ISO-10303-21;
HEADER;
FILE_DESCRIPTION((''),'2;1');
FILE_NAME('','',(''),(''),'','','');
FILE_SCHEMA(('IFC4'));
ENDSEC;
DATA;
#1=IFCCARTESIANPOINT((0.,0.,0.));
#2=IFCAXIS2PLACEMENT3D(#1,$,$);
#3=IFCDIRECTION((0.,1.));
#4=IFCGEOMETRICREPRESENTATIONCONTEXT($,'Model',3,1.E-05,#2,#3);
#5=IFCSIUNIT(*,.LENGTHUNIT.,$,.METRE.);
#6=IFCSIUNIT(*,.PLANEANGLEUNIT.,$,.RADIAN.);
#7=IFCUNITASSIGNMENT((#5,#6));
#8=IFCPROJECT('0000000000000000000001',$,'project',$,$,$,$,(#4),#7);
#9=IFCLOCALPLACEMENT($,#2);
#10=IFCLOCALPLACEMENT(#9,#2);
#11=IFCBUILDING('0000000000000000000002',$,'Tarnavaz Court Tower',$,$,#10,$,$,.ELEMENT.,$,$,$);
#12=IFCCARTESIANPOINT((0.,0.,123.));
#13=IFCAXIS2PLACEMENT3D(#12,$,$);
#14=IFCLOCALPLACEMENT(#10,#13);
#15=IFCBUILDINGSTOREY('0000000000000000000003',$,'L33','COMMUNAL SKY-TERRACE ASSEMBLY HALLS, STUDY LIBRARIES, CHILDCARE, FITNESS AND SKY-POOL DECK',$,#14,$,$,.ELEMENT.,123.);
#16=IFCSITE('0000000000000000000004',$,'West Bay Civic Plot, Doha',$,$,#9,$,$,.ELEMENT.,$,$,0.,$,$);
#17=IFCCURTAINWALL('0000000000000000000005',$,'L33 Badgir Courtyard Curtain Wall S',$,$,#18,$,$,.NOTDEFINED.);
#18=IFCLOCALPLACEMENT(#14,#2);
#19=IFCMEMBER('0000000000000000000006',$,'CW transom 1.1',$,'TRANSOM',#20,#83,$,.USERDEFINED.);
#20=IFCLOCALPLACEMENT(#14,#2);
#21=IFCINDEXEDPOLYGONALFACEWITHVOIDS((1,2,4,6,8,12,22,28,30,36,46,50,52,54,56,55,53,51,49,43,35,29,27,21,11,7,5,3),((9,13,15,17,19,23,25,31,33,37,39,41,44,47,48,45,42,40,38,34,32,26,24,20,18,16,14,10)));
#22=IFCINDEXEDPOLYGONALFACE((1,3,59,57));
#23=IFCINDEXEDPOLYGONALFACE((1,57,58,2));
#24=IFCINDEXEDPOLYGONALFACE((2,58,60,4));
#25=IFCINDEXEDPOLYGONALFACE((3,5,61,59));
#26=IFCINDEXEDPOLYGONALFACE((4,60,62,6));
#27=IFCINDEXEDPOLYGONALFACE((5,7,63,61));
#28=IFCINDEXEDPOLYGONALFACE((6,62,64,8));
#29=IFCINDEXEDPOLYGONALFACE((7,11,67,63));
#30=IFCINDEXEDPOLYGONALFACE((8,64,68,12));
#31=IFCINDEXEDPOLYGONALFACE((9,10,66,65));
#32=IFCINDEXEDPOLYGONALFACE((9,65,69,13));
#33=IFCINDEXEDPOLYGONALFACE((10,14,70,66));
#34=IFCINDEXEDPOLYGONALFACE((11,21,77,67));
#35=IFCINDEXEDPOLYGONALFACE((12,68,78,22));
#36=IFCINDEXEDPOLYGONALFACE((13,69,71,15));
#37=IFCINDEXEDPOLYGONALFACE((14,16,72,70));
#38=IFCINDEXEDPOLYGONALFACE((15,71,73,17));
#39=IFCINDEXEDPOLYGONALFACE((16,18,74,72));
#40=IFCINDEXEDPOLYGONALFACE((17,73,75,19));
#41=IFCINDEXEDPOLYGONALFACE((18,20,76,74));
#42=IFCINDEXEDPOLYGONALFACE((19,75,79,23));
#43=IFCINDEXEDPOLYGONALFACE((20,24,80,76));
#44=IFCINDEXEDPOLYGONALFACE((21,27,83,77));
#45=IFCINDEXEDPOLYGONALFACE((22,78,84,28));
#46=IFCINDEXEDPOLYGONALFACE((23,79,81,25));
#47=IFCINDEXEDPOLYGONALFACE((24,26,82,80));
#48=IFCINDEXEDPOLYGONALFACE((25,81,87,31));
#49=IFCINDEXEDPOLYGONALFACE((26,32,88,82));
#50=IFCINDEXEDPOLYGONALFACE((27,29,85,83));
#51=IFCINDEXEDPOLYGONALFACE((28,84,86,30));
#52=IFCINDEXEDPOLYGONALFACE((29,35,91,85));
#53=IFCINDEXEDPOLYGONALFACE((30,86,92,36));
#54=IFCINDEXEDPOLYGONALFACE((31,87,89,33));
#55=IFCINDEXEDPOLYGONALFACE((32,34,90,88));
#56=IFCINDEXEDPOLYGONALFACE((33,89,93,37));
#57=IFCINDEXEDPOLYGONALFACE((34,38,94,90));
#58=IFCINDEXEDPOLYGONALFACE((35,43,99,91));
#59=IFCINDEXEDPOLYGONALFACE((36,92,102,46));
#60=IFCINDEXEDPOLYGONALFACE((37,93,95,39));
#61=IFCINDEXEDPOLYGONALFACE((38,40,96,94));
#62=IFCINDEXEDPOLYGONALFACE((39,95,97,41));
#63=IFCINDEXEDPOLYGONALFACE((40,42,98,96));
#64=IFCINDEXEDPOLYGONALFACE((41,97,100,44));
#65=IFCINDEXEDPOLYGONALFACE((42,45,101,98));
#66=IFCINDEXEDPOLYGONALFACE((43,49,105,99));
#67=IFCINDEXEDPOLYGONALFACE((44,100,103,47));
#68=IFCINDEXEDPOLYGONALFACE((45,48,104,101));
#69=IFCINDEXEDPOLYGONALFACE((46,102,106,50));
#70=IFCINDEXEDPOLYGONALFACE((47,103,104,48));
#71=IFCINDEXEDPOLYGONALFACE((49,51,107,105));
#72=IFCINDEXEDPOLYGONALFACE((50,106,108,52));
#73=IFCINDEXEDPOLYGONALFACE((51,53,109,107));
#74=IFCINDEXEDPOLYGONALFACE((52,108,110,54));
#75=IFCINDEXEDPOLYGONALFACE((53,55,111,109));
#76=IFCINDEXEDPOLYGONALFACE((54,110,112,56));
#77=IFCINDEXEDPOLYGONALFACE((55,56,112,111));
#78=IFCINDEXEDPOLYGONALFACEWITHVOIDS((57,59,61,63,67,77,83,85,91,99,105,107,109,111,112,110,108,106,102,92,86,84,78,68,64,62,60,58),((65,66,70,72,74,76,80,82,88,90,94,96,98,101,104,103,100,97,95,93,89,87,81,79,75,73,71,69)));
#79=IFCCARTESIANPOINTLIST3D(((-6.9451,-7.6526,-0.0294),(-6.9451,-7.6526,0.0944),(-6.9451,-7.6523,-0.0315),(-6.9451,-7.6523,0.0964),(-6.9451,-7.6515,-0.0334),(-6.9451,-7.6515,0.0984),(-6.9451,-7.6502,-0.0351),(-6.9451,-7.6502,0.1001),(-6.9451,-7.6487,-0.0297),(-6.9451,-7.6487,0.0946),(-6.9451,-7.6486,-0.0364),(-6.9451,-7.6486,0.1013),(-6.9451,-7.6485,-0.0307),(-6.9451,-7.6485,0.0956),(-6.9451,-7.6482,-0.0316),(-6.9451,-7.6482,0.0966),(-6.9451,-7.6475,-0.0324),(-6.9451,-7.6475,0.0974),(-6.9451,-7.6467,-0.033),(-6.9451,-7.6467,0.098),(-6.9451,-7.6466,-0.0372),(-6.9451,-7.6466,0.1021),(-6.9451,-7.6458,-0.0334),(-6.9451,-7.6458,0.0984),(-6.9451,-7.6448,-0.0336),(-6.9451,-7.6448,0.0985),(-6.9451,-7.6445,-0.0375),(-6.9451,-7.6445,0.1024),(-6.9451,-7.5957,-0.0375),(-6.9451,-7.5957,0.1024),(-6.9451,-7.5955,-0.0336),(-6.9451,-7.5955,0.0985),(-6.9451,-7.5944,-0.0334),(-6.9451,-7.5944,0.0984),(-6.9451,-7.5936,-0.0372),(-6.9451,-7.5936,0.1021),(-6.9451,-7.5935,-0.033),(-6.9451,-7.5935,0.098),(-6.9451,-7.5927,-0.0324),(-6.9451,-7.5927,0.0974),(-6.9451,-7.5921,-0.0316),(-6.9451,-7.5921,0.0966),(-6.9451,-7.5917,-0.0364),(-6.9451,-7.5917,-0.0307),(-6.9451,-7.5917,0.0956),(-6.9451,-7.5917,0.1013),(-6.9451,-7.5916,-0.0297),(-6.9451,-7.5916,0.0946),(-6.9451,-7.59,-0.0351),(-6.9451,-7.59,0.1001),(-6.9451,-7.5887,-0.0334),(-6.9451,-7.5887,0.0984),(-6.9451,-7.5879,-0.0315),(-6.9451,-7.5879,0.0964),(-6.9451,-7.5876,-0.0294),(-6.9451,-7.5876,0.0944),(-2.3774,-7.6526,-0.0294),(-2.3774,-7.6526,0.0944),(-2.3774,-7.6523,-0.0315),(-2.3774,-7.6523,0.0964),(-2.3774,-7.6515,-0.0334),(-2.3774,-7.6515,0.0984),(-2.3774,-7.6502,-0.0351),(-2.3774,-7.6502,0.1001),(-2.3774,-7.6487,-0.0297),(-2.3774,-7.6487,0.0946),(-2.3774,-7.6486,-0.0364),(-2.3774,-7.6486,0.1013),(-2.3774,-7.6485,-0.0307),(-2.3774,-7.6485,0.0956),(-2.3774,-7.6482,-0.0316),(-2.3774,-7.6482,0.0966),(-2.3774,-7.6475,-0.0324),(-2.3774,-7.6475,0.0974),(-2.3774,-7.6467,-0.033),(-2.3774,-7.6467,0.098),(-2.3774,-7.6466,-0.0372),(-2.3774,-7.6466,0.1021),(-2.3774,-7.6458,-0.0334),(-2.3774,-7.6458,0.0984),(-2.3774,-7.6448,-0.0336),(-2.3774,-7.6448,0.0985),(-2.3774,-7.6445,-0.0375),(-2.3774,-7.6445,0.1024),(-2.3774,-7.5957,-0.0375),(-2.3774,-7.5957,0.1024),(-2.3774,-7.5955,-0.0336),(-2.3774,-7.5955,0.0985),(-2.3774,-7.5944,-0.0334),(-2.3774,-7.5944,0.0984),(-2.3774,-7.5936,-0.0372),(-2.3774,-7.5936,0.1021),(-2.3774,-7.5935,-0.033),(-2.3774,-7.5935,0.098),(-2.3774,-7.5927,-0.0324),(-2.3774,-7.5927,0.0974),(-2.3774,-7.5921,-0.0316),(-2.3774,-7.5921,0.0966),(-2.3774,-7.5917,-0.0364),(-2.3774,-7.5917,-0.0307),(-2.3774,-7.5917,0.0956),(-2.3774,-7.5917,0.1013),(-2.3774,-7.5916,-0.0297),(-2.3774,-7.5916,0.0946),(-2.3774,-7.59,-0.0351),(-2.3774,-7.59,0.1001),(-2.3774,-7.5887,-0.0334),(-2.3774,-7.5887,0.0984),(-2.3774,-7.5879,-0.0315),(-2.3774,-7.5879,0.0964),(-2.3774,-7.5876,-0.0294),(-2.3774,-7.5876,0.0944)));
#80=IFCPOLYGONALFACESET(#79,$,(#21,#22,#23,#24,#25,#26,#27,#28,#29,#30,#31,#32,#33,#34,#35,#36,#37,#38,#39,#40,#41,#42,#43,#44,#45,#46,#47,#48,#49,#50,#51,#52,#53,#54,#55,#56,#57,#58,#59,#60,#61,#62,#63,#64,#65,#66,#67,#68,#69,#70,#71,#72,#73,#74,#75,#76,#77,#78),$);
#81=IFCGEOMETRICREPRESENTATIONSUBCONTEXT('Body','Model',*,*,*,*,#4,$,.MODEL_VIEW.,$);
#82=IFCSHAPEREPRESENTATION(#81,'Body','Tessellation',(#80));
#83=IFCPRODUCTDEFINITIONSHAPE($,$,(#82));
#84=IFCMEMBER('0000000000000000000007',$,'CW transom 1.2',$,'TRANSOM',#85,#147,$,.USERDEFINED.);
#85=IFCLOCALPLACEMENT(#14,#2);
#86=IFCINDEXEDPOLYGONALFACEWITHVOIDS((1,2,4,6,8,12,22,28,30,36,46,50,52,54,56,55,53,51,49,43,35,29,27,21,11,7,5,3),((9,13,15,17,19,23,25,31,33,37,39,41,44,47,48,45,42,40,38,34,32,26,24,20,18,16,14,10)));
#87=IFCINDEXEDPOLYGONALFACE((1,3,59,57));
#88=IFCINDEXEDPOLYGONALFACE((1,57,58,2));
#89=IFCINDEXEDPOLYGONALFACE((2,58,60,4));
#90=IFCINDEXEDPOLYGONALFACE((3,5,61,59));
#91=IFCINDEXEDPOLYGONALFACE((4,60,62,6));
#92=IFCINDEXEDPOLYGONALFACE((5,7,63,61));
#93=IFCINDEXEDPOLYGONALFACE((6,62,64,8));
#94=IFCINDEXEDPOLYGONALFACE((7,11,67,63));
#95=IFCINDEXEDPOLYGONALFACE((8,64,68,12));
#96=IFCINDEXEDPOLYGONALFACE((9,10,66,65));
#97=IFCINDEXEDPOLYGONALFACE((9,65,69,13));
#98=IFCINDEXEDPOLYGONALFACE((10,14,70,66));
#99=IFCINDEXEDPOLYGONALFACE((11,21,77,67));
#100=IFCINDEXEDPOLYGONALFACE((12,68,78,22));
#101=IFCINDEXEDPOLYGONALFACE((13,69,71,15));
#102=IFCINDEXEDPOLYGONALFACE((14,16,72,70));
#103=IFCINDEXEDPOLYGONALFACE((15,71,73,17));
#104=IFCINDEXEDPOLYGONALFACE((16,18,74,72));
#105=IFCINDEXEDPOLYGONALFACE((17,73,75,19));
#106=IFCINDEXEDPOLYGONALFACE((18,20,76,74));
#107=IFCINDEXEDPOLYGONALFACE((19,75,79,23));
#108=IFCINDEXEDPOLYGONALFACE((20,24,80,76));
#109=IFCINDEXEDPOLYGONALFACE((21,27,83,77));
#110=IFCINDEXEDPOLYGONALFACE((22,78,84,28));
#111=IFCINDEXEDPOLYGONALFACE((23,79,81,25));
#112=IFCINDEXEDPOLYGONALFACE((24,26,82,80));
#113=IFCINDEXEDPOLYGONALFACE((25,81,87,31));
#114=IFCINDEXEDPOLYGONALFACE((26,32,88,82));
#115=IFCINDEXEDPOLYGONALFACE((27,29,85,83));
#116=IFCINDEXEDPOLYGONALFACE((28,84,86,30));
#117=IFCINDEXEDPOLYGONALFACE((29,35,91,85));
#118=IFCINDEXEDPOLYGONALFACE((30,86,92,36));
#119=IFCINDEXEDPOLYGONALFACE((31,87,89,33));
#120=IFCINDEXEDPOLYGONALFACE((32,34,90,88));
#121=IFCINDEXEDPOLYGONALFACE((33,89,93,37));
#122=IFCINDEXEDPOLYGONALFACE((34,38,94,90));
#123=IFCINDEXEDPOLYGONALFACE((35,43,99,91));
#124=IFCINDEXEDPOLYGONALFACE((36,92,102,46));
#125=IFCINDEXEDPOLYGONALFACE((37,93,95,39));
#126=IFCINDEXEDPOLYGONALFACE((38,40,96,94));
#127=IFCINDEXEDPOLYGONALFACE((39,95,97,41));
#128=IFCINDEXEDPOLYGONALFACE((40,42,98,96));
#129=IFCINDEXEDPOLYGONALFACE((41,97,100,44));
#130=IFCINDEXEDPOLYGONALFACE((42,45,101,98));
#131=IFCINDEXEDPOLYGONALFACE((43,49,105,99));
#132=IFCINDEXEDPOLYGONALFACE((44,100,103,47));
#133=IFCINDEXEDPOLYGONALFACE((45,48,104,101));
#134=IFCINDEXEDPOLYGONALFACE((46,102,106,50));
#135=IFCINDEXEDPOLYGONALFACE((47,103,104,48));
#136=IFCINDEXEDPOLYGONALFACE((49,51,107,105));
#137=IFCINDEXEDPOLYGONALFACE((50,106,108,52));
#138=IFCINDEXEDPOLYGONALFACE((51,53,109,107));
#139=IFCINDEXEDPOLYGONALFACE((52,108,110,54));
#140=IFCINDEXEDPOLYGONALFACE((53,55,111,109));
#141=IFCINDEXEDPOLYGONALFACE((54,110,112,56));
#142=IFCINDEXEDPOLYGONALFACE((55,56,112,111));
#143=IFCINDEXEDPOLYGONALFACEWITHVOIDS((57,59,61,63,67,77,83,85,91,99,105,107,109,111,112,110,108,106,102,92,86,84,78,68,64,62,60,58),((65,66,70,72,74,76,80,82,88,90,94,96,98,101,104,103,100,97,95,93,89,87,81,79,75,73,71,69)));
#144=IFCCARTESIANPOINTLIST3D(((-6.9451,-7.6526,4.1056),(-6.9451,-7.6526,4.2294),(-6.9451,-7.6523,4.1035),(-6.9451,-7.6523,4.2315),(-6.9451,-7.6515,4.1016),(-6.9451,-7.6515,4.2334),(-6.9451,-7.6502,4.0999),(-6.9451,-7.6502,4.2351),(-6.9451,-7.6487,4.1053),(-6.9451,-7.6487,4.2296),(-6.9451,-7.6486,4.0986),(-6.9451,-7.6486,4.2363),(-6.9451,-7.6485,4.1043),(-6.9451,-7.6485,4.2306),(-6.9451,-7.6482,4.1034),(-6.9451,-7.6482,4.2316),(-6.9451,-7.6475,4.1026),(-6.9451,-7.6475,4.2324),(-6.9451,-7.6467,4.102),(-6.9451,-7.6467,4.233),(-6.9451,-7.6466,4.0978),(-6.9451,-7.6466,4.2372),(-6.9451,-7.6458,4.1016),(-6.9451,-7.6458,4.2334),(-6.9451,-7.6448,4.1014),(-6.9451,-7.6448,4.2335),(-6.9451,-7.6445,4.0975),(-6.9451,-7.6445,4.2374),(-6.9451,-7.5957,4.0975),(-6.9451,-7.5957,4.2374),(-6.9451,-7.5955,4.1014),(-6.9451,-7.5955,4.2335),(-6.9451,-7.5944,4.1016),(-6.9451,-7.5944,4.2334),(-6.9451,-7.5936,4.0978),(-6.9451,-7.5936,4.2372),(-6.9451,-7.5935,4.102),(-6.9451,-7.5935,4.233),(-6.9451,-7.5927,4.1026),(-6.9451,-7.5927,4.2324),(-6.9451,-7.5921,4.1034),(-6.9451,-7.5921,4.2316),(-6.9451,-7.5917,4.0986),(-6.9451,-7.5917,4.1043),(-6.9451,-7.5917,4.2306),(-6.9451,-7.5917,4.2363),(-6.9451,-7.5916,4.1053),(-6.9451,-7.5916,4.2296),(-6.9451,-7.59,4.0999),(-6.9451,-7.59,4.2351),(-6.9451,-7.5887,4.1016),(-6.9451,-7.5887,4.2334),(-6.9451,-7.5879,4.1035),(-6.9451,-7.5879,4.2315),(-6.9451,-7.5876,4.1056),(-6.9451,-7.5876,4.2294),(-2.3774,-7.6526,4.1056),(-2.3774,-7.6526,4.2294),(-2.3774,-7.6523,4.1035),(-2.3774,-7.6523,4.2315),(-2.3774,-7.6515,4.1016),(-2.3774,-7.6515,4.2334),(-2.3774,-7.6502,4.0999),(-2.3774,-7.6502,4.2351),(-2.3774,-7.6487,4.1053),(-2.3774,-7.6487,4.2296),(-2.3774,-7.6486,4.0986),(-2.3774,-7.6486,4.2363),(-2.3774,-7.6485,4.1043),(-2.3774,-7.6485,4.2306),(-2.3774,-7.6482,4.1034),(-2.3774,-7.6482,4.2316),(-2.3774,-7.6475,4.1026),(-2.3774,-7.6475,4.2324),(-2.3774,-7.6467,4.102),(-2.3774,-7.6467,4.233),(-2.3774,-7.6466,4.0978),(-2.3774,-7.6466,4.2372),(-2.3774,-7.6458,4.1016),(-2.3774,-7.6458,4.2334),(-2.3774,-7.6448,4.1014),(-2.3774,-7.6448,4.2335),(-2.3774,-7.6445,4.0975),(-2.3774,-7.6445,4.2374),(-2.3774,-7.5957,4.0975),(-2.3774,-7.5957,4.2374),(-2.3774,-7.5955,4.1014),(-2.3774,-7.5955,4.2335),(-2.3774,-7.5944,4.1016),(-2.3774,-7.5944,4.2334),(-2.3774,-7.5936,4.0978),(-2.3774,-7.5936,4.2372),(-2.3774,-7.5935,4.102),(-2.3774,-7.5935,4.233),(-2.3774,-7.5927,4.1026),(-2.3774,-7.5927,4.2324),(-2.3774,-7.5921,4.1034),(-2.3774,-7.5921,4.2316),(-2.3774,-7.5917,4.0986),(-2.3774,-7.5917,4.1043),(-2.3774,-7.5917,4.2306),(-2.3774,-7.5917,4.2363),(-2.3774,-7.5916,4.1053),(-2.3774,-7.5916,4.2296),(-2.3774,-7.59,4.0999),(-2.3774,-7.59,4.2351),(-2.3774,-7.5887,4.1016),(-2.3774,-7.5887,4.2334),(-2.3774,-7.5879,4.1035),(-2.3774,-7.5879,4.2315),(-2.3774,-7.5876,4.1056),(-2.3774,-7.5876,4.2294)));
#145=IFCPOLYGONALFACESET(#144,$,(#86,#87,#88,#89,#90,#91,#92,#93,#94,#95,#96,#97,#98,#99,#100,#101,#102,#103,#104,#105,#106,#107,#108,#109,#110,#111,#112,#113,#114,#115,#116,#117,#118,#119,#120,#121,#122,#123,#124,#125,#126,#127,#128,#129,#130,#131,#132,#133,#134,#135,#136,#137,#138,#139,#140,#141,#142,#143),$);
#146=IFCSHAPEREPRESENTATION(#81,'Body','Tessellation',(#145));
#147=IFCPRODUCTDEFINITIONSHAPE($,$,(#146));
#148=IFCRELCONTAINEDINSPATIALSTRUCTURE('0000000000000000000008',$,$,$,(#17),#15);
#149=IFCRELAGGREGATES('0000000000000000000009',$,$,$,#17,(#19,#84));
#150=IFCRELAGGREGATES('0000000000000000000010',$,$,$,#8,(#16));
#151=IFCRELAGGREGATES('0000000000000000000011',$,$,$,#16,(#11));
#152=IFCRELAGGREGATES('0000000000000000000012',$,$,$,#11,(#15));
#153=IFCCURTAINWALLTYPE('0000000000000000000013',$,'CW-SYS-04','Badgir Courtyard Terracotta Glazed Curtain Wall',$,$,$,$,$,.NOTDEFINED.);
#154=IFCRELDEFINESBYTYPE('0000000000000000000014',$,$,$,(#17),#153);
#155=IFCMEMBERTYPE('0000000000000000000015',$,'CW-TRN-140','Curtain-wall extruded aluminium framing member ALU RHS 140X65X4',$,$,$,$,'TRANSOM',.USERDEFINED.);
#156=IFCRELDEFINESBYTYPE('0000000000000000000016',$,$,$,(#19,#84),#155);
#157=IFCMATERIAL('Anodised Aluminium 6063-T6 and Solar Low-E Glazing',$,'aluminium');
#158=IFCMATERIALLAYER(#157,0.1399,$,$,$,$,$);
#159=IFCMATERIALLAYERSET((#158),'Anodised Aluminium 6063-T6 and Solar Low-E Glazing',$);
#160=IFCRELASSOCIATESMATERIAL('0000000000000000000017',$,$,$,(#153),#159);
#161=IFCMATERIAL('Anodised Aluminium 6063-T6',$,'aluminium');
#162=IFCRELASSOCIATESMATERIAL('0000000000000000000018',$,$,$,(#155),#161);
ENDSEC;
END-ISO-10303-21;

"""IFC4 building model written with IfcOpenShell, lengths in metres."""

from ifc_helpers import new_model, si_unit, direction, frame, origin, origin_2d, place, context, subcontext, project, spatial, hollow_rectangle, extrude, material, layer, layer_set, material_profile, profile_set, type_object, element, aggregate, save


model = new_model("IFC4")

# Units and contexts
model_context = context("Model", 3, precision=1e-05, world=origin(), true_north=direction((0.0, 1.0)))
body_context = subcontext(model_context, "Body", "Model", "MODEL_VIEW")
ifc_project = project(units=[si_unit("LENGTHUNIT", "METRE"), si_unit("PLANEANGLEUNIT", "RADIAN")], contexts=[model_context])

# Site, building, storey
site_placement = place(None, origin())
site = spatial("IfcSite", under=ifc_project, at=site_placement, Name="West Bay Civic Plot, Doha", CompositionType="ELEMENT", RefElevation=0.0)
building_placement = place(site_placement, origin())
building = spatial("IfcBuilding", under=site, at=building_placement, Name="Tarnavaz Court Tower", CompositionType="ELEMENT")
storey_placement = place(building_placement, frame((0.0, 0.0, 123.0)))
storey = spatial("IfcBuildingStorey", under=building, at=storey_placement, Name="L33", Description="COMMUNAL SKY-TERRACE ASSEMBLY HALLS, STUDY LIBRARIES, CHILDCARE, FITNESS AND SKY-POOL DECK", CompositionType="ELEMENT", Elevation=123.0)

# Curtain wall, members
ifc_material_1 = material(Name="Anodised Aluminium 6063-T6 and Solar Low-E Glazing", Category="aluminium")
ifc_layer_1 = layer(ifc_material_1, 0.1399)
ifc_layer_set_1 = layer_set([ifc_layer_1], Name="Anodised Aluminium 6063-T6 and Solar Low-E Glazing")
curtain_wall_type = type_object("IfcCurtainWallType", Name="CW-SYS-04", Description="Badgir Courtyard Terracotta Glazed Curtain Wall", PredefinedType="NOTDEFINED", material=ifc_layer_set_1)
curtain_wall_placement = place(storey_placement, origin())
curtain_wall = element("IfcCurtainWall", 1, at=curtain_wall_placement, inside=storey, type_object=curtain_wall_type, Name="L33 Badgir Courtyard Curtain Wall S", PredefinedType="NOTDEFINED")
ifc_material_2 = material(Name="Anodised Aluminium 6063-T6", Category="aluminium")
ifc_material_profile_1 = material_profile(ifc_material_2, hollow_rectangle(XDim=0.0649, YDim=0.1399, WallThickness=0.0039, InnerFilletRadius=0.0039, OuterFilletRadius=0.0081, at=origin_2d()), Name="ALU RHS 140X65X4")
ifc_profile_set_1 = profile_set([ifc_material_profile_1], Name="Anodised Aluminium 6063-T6")
member_type_1 = type_object("IfcMemberType", Name="CW-TRN-140", Description="Curtain-wall extruded aluminium framing member ALU RHS 140X65X4", ElementType="TRANSOM", PredefinedType="USERDEFINED", material=ifc_profile_set_1)
member_1_placement = place(storey_placement, frame((-6.9451, -7.6201, 0.0325), z_axis=(1.0, 0.0, 0.0), x_axis=(0.0, 1.0, 0.0)))
member_1 = element("IfcMember", 2, at=member_1_placement, type_object=member_type_1, Name="CW transom 1.1", ObjectType="TRANSOM", PredefinedType="USERDEFINED", context=body_context, shape_type="SweptSolid", body=[
    extrude(hollow_rectangle(XDim=0.0649, YDim=0.1399, WallThickness=0.0039, InnerFilletRadius=0.0039, OuterFilletRadius=0.0081, at=origin_2d()), origin(), (0.0, 0.0, 1.0), 4.5676),
])
member_2_placement = place(storey_placement, frame((-6.9451, -7.6201, 4.1675), z_axis=(1.0, 0.0, 0.0), x_axis=(0.0, 1.0, 0.0)))
member_2 = element("IfcMember", 3, at=member_2_placement, type_object=member_type_1, Name="CW transom 1.2", ObjectType="TRANSOM", PredefinedType="USERDEFINED", context=body_context, shape_type="SweptSolid", body=[
    extrude(hollow_rectangle(XDim=0.0649, YDim=0.1399, WallThickness=0.0039, InnerFilletRadius=0.0039, OuterFilletRadius=0.0081, at=origin_2d()), origin(), (0.0, 0.0, 1.0), 4.5676),
])
aggregate(curtain_wall, [member_1, member_2])

save(model, "model.ifc")
